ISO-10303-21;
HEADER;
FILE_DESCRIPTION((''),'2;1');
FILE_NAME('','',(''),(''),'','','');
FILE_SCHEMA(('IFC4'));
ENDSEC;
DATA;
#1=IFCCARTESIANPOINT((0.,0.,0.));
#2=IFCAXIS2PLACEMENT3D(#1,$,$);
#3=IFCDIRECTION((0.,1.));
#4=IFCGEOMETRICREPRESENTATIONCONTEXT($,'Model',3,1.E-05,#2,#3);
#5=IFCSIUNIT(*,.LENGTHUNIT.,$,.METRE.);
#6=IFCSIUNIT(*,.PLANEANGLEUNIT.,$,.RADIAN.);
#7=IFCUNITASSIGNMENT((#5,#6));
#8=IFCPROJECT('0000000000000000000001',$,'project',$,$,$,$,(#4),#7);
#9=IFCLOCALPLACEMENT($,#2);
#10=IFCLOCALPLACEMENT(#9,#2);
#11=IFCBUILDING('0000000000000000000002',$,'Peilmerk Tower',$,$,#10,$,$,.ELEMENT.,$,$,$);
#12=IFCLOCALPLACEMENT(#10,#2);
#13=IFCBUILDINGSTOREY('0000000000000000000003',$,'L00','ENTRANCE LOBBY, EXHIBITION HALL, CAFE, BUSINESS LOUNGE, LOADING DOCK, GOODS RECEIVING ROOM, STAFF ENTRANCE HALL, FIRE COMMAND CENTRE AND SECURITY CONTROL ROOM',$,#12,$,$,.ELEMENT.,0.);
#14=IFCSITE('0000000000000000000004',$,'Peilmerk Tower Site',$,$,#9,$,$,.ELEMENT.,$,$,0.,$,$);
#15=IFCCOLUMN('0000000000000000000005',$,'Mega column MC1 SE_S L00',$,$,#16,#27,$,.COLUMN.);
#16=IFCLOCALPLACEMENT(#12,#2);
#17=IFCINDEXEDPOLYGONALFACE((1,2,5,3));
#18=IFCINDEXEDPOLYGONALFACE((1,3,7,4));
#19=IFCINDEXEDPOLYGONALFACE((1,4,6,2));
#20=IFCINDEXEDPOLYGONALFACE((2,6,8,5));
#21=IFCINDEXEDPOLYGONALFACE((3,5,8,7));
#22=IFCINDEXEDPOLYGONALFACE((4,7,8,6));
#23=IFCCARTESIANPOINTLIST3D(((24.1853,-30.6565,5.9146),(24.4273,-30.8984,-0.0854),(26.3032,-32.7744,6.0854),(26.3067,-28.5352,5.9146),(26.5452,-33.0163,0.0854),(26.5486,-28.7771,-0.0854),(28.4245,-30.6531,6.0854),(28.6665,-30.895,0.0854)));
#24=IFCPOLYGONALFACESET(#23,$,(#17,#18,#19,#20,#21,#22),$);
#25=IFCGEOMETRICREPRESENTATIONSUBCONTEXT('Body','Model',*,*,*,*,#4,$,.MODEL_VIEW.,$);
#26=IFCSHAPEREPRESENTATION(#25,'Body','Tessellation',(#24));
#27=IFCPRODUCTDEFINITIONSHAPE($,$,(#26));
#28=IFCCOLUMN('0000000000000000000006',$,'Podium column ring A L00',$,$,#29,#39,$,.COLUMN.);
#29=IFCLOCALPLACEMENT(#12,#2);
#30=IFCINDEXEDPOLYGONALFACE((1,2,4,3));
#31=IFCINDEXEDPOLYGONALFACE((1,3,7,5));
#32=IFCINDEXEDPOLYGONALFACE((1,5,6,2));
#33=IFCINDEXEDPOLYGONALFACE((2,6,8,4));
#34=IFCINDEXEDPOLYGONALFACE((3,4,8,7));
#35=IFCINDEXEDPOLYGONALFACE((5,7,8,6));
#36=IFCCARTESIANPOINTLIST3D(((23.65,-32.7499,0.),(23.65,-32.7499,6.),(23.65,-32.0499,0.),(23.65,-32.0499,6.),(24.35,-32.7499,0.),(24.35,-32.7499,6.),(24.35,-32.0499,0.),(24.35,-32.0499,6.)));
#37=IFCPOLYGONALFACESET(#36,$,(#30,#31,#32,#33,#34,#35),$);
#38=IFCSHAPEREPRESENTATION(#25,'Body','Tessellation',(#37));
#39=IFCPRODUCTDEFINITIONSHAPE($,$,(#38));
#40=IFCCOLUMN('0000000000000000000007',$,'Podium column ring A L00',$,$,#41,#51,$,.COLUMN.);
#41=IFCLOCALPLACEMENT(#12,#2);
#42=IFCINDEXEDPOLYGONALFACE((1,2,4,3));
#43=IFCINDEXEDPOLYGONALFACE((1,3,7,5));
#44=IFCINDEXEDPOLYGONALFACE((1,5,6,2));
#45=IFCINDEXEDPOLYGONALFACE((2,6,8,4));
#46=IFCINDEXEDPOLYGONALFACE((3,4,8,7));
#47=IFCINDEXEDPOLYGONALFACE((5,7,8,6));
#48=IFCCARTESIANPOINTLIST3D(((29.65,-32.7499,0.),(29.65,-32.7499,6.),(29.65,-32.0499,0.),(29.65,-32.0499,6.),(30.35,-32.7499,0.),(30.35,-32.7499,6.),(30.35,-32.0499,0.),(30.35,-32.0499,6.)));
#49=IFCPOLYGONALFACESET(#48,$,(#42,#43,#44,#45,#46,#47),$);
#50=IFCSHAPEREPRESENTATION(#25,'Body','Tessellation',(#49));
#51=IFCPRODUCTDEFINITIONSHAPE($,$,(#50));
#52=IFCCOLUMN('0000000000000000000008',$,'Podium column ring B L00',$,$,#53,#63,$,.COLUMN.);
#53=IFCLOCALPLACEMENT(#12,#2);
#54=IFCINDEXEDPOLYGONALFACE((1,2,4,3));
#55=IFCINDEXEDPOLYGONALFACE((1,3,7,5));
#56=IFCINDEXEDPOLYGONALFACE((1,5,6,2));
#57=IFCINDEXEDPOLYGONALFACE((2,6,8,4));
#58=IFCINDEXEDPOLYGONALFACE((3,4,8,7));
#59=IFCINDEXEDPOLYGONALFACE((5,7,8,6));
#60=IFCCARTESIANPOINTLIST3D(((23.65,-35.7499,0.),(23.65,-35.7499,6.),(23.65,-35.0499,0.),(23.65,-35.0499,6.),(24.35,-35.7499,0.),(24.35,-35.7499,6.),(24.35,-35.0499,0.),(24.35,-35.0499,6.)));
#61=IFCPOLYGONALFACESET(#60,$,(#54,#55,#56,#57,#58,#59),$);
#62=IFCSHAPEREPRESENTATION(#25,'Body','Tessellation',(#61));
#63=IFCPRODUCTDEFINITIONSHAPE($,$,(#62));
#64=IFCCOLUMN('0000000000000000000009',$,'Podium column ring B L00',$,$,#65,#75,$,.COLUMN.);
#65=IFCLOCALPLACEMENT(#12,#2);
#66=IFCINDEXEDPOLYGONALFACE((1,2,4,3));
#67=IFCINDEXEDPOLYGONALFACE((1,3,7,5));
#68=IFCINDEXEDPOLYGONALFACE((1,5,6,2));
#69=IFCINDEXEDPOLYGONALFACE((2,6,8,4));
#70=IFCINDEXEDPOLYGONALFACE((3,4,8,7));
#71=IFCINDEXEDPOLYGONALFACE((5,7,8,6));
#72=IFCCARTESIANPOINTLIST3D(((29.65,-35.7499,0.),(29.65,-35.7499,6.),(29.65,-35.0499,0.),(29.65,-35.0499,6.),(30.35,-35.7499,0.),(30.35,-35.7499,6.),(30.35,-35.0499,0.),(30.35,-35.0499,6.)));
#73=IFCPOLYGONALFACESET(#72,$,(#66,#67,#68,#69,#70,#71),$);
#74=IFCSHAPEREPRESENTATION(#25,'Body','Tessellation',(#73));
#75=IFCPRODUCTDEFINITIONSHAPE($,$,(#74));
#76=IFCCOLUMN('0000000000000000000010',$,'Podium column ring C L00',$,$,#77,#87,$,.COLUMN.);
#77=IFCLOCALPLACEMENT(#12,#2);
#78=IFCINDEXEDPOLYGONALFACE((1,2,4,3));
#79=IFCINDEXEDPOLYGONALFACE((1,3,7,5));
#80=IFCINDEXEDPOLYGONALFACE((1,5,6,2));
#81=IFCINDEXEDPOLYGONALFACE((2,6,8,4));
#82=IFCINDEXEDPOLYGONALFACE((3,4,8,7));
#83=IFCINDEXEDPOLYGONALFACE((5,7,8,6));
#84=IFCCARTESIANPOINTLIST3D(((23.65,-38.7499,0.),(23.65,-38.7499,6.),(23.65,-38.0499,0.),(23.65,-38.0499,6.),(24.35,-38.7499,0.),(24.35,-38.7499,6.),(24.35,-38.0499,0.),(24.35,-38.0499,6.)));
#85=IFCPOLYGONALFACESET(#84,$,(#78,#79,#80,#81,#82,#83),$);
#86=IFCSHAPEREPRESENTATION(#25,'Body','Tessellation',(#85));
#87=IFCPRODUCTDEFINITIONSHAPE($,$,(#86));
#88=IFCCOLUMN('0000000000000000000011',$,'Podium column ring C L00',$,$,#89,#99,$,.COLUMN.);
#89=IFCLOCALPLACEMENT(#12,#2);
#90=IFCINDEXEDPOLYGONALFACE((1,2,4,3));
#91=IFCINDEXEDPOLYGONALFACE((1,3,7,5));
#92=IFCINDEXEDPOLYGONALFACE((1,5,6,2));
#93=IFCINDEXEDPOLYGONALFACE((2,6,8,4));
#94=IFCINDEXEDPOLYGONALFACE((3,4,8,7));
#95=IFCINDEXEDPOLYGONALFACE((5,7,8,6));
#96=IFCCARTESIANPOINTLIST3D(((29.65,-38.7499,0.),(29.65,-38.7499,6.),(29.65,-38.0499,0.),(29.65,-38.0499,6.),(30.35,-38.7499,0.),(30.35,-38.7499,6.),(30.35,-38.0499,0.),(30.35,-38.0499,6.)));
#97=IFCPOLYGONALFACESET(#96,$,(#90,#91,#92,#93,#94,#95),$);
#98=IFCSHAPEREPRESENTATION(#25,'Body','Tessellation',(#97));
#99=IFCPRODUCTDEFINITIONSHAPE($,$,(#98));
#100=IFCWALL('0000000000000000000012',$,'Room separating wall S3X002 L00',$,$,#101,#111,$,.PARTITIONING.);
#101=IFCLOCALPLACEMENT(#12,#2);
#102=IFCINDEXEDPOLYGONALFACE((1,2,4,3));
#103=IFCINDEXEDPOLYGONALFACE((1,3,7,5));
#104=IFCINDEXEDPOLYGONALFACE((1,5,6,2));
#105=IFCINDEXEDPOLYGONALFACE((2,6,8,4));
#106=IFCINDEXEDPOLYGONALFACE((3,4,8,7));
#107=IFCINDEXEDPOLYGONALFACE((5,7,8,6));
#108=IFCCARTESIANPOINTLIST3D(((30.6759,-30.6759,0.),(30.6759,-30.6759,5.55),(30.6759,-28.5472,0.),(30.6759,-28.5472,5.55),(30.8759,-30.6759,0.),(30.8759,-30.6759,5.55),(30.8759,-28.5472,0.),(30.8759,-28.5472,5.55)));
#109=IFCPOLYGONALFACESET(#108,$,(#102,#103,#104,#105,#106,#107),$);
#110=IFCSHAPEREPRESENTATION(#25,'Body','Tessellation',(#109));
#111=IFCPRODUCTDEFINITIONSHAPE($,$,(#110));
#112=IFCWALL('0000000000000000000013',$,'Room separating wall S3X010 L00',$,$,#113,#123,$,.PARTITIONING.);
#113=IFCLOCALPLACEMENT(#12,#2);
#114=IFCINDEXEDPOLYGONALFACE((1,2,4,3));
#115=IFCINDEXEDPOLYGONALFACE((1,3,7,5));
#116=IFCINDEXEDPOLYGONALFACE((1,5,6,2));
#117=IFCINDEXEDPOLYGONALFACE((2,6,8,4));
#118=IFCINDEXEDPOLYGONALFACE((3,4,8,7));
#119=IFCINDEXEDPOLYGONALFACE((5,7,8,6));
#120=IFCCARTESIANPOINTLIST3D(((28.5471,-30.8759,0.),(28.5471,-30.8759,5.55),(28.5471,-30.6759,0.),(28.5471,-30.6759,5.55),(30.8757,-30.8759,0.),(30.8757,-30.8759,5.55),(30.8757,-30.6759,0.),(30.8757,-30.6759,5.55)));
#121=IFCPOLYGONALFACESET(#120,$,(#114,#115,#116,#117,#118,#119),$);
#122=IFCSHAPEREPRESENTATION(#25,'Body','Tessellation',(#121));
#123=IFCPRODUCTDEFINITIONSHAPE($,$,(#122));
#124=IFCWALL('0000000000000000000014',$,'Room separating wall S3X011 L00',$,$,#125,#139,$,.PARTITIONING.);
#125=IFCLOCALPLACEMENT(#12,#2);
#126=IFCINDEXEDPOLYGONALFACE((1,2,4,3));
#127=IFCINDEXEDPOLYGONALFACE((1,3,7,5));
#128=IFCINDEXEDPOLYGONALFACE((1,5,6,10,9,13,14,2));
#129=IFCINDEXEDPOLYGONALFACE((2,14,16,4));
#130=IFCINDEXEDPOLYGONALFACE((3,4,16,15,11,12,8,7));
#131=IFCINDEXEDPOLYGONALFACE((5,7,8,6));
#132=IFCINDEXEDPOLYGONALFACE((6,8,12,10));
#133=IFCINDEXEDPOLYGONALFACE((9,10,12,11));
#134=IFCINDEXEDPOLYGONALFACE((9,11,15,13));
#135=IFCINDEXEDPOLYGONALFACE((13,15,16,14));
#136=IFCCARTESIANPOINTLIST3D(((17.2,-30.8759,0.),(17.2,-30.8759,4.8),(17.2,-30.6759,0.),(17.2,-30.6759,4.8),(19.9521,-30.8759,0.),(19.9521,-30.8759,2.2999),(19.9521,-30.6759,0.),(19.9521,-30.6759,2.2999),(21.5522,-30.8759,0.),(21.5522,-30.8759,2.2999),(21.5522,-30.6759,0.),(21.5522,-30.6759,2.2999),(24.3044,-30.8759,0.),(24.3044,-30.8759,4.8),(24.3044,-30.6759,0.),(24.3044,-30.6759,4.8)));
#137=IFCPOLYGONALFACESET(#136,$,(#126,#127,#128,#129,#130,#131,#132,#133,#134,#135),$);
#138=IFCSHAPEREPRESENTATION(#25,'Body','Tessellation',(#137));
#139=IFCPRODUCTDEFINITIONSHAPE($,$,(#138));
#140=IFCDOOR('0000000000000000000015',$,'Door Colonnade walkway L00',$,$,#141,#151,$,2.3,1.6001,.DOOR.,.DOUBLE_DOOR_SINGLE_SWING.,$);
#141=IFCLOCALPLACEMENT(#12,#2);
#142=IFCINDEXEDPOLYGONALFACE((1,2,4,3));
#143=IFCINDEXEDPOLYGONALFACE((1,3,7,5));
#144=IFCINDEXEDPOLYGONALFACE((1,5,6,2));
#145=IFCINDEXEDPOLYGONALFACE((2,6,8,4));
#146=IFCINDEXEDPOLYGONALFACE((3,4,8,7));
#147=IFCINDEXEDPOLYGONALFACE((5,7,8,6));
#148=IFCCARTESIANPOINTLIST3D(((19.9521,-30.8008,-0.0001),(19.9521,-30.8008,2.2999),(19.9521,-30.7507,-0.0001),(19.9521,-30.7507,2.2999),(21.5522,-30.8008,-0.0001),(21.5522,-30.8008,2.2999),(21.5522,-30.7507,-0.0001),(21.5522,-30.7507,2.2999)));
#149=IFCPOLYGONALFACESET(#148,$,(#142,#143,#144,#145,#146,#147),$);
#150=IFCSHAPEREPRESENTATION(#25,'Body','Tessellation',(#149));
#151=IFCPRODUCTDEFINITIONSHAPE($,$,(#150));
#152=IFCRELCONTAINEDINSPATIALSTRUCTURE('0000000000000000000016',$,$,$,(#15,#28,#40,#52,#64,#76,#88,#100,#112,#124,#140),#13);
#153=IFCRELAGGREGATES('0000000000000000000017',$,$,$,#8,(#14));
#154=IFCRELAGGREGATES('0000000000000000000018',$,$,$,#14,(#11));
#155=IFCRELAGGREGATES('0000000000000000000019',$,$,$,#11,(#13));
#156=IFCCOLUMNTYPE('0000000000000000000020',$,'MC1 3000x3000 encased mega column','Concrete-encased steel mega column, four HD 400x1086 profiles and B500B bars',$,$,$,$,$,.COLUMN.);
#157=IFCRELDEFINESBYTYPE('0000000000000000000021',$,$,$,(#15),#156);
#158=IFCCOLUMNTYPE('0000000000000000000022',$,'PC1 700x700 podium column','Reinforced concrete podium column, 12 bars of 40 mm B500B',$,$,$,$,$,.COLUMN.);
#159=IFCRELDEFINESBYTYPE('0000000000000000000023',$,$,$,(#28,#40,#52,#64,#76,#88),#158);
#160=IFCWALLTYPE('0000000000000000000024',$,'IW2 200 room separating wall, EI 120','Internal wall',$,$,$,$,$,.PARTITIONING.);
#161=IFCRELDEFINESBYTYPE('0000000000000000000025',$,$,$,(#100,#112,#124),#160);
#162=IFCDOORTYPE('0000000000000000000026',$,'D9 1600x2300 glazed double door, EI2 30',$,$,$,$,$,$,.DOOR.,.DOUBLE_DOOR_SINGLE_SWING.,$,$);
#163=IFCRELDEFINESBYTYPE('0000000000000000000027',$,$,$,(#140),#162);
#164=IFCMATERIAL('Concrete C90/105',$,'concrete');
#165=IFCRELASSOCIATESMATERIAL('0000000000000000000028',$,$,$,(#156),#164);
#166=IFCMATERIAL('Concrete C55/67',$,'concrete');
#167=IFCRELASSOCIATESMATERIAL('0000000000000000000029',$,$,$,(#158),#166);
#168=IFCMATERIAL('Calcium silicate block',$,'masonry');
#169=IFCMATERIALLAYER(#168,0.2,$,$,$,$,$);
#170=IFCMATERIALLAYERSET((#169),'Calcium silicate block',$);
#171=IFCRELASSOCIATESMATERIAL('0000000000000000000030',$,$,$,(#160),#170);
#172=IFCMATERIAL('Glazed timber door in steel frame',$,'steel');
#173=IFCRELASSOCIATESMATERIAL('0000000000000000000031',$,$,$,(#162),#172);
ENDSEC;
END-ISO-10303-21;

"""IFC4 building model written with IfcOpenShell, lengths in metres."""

from ifc_helpers import new_model, si_unit, direction, frame, frame_2d, origin, origin_2d, place, context, subcontext, project, spatial, rectangle, extrude, material, layer, layer_set, material_profile, profile_set, type_object, element, fill, save


model = new_model("IFC4")

# Units and contexts
model_context = context("Model", 3, precision=1e-05, world=origin(), true_north=direction((0.0, 1.0)))
body_context = subcontext(model_context, "Body", "Model", "MODEL_VIEW")
ifc_project = project(units=[si_unit("LENGTHUNIT", "METRE"), si_unit("PLANEANGLEUNIT", "RADIAN")], contexts=[model_context])

# Site, building, storey
site_placement = place(None, origin())
site = spatial("IfcSite", under=ifc_project, at=site_placement, Name="Peilmerk Tower Site", CompositionType="ELEMENT", RefElevation=0.0)
building_placement = place(site_placement, origin())
building = spatial("IfcBuilding", under=site, at=building_placement, Name="Peilmerk Tower", CompositionType="ELEMENT")
storey_placement = place(building_placement, origin())
storey = spatial("IfcBuildingStorey", under=building, at=storey_placement, Name="L00", Description="ENTRANCE LOBBY, EXHIBITION HALL, CAFE, BUSINESS LOUNGE, LOADING DOCK, GOODS RECEIVING ROOM, STAFF ENTRANCE HALL, FIRE COMMAND CENTRE AND SECURITY CONTROL ROOM", CompositionType="ELEMENT", Elevation=0.0)

# Columns
ifc_material_1 = material(Name="Concrete C90/105", Category="concrete")
ifc_material_profile_1 = material_profile(ifc_material_1, rectangle(XDim=3.0, YDim=3.0, at=origin_2d()), Name="RC 3000x3000")
ifc_profile_set_1 = profile_set([ifc_material_profile_1], Name="Concrete C90/105")
column_type_1 = type_object("IfcColumnType", Name="MC1 3000x3000 encased mega column", Description="Concrete-encased steel mega column, four HD 400x1086 profiles and B500B bars", PredefinedType="COLUMN", material=ifc_profile_set_1)
column_placement = place(storey_placement, frame((26.5469, -30.8967, 0.0), z_axis=(-0.040258, 0.040258, 0.998378), x_axis=(-0.707107, -0.707107, 0.0)))
element("IfcColumn", 1, at=column_placement, inside=storey, type_object=column_type_1, Name="Mega column MC1 SE_S L00", PredefinedType="COLUMN", context=body_context, shape_type="SweptSolid", body=[
    extrude(rectangle(XDim=3.0, YDim=3.0, at=origin_2d()), origin(), (0.0, 0.0, 1.0), 6.0098),
])
ifc_material_2 = material(Name="Concrete C55/67", Category="concrete")
ifc_material_profile_2 = material_profile(ifc_material_2, rectangle(XDim=0.7, YDim=0.7, at=origin_2d()), Name="RC 700x700")
ifc_profile_set_2 = profile_set([ifc_material_profile_2], Name="Concrete C55/67")
column_type_2 = type_object("IfcColumnType", Name="PC1 700x700 podium column", Description="Reinforced concrete podium column, 12 bars of 40 mm B500B", PredefinedType="COLUMN", material=ifc_profile_set_2)
for number, where, z_axis, x_axis, name in (
    (2, (24.0, -32.3999, 0.0), (0.0, 0.0, 1.0), (1.0, 0.0, 0.0), "Podium column ring A L00"),
    (3, (30.0, -32.3999, 0.0), (0.0, 0.0, 1.0), (1.0, 0.0, 0.0), "Podium column ring A L00"),
    (4, (24.0, -35.3999, 0.0), (0.0, 0.0, 1.0), (1.0, 0.0, 0.0), "Podium column ring B L00"),
    (5, (30.0, -35.3999, 0.0), (0.0, 0.0, 1.0), (1.0, 0.0, 0.0), "Podium column ring B L00"),
    (6, (24.0, -38.3999, 0.0), (0.0, 0.0, 1.0), (1.0, 0.0, 0.0), "Podium column ring C L00"),
    (7, (30.0, -38.3999, 0.0), (0.0, 0.0, 1.0), (1.0, 0.0, 0.0), "Podium column ring C L00"),
):
    element("IfcColumn", number, at=place(storey_placement, frame(where, z_axis=z_axis, x_axis=x_axis)), inside=storey, type_object=column_type_2, Name=name, PredefinedType="COLUMN", context=body_context, shape_type="SweptSolid", body=[
        extrude(rectangle(XDim=0.7, YDim=0.7, at=origin_2d()), origin(), (0.0, 0.0, 1.0), 6.0),
    ])

# Walls
ifc_material_3 = material(Name="Calcium silicate block", Category="masonry")
ifc_layer = layer(ifc_material_3, 0.2)
ifc_layer_set = layer_set([ifc_layer], Name="Calcium silicate block")
wall_type = type_object("IfcWallType", Name="IW2 200 room separating wall, EI 120", Description="Internal wall", PredefinedType="PARTITIONING", material=ifc_layer_set)
wall_1_placement = place(storey_placement, frame((30.7759, -28.5471, 0.0), z_axis=(0.0, 0.0, 1.0), x_axis=(0.0, -1.0, 0.0)))
element("IfcWall", 8, at=wall_1_placement, inside=storey, type_object=wall_type, Name="Room separating wall S3X002 L00", PredefinedType="PARTITIONING", context=body_context, shape_type="SweptSolid", body=[
    extrude(rectangle(XDim=2.1287, YDim=0.2, at=frame_2d((1.0645, 0.0))), origin(), (0.0, 0.0, 1.0), 5.55),
])
wall_2_placement = place(storey_placement, frame((30.8757, -30.7759, 0.0), z_axis=(0.0, 0.0, 1.0), x_axis=(-1.0, 0.0, 0.0)))
element("IfcWall", 9, at=wall_2_placement, inside=storey, type_object=wall_type, Name="Room separating wall S3X010 L00", PredefinedType="PARTITIONING", context=body_context, shape_type="SweptSolid", body=[
    extrude(rectangle(XDim=2.3286, YDim=0.2, at=frame_2d((1.1643, 0.0))), origin(), (0.0, 0.0, 1.0), 5.55),
])

# Wall, opening, door
wall_3_placement = place(storey_placement, frame((24.3044, -30.7759, 0.0), z_axis=(0.0, 0.0, 1.0), x_axis=(-1.0, 0.0, 0.0)))
wall_3 = element("IfcWall", 10, at=wall_3_placement, inside=storey, type_object=wall_type, Name="Room separating wall S3X011 L00", PredefinedType="PARTITIONING", context=body_context, shape_type="SweptSolid", body=[
    extrude(rectangle(XDim=7.1045, YDim=0.2, at=frame_2d((3.5522, 0.0))), origin(), (0.0, 0.0, 1.0), 4.8),
])
opening_placement = place(wall_3_placement, frame((2.7522, 0.0, 0.0)))
opening = element("IfcOpeningElement", 11, at=opening_placement, cuts=wall_3, PredefinedType="OPENING", context=body_context, shape_type="SweptSolid", body=[
    extrude(rectangle(XDim=1.6001, YDim=2.3, at=frame_2d((0.8, 1.1499))), frame((0.0, 0.1099, 0.0), z_axis=(0.0, -1.0, 0.0), x_axis=(1.0, 0.0, 0.0)), (0.0, 0.0, 1.0), 0.22),
])
ifc_material_4 = material(Name="Glazed timber door in steel frame", Category="steel")
door_type = type_object("IfcDoorType", Name="D9 1600x2300 glazed double door, EI2 30", OperationType="DOUBLE_DOOR_SINGLE_SWING", PredefinedType="DOOR", material=ifc_material_4)
door_placement = place(opening_placement, origin())
door = element("IfcDoor", 12, at=door_placement, inside=storey, type_object=door_type, Name="Door Colonnade walkway L00", OperationType="DOUBLE_DOOR_SINGLE_SWING", OverallHeight=2.3, OverallWidth=1.6001, PredefinedType="DOOR", context=body_context, shape_type="SweptSolid", body=[
    extrude(rectangle(XDim=1.6001, YDim=2.3, at=frame_2d((0.8, 1.1499))), frame((0.0, 0.0249, 0.0), z_axis=(0.0, -1.0, 0.0), x_axis=(1.0, 0.0, 0.0)), (0.0, 0.0, 1.0), 0.05),
])
fill(opening, door)

save(model, "model.ifc")
